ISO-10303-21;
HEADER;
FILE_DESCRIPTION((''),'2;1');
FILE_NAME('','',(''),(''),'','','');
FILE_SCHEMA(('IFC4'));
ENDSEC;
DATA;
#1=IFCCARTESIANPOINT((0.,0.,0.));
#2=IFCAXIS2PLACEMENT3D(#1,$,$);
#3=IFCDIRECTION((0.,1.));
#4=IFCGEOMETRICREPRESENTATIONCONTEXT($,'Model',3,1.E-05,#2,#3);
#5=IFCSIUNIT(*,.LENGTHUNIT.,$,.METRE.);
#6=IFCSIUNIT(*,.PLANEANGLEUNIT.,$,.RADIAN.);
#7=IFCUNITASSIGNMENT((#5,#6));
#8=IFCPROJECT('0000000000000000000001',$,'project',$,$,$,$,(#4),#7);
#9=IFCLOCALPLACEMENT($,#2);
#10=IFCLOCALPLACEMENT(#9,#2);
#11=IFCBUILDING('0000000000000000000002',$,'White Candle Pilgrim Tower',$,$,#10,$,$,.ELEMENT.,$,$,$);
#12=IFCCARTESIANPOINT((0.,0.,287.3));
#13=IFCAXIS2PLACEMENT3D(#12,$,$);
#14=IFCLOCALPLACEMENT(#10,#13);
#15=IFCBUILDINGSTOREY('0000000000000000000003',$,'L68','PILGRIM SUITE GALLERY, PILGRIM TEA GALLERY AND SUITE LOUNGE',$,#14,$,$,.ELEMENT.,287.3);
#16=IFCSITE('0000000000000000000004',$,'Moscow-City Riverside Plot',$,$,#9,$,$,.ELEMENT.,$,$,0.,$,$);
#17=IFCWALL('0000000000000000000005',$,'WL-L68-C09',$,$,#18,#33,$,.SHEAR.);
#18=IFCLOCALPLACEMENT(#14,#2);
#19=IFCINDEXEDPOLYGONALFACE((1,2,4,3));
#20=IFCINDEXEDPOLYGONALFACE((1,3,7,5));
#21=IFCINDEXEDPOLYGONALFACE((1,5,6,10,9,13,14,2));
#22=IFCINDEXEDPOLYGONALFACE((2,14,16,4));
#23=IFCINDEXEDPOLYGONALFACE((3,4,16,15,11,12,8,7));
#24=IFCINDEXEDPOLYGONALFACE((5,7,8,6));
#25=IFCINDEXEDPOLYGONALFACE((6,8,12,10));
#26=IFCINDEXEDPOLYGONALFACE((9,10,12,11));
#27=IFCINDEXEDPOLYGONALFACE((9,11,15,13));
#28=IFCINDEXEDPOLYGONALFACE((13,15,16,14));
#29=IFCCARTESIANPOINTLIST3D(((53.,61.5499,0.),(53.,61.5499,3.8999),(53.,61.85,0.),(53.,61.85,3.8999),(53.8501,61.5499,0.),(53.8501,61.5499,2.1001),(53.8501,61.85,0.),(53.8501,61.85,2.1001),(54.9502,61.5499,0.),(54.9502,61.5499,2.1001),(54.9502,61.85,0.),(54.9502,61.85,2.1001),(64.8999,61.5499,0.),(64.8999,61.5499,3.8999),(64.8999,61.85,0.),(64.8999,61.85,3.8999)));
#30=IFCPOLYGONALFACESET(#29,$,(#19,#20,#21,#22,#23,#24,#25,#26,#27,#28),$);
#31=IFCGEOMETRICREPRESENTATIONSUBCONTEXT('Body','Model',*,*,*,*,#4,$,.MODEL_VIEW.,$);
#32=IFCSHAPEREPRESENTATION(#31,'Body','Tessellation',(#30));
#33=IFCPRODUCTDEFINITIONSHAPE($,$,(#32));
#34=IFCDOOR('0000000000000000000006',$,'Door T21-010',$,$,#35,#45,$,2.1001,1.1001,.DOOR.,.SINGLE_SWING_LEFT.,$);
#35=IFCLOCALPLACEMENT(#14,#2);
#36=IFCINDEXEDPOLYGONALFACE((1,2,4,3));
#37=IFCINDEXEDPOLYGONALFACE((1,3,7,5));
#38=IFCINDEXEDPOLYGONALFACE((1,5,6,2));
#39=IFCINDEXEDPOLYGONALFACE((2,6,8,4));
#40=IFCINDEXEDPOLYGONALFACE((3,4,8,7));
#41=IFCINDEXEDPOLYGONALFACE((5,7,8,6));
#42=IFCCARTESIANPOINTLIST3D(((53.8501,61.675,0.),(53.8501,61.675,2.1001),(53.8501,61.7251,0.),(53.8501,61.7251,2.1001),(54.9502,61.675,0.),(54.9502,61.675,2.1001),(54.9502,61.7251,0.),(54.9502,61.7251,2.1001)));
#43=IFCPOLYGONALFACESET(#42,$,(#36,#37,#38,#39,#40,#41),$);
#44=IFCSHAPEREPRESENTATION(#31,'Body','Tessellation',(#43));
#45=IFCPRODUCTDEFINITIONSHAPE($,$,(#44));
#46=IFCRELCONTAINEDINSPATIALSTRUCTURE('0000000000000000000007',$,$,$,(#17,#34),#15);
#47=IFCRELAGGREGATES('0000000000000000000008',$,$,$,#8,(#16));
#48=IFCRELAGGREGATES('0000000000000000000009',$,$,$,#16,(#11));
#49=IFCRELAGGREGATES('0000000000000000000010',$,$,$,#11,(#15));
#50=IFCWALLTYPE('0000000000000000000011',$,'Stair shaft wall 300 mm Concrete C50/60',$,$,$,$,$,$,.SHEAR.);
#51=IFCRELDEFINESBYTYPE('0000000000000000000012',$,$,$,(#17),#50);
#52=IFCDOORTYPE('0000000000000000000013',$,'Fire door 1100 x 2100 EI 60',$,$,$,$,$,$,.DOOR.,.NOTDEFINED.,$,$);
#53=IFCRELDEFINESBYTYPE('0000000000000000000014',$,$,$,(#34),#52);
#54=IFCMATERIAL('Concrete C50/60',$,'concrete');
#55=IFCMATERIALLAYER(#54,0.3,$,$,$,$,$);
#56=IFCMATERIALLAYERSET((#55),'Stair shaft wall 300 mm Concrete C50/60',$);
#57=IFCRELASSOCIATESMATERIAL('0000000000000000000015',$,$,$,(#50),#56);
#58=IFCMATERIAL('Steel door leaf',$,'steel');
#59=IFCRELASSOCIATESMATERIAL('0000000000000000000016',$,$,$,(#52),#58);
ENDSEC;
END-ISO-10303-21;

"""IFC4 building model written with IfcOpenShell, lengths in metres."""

from ifc_helpers import new_model, si_unit, direction, frame, frame_2d, origin, place, context, subcontext, project, spatial, rectangle, extrude, material, layer, layer_set, type_object, element, fill, save


model = new_model("IFC4")

# Units and contexts
model_context = context("Model", 3, precision=1e-05, world=origin(), true_north=direction((0.0, 1.0)))
body_context = subcontext(model_context, "Body", "Model", "MODEL_VIEW")
ifc_project = project(units=[si_unit("LENGTHUNIT", "METRE"), si_unit("PLANEANGLEUNIT", "RADIAN")], contexts=[model_context])

# Site, building, storey
site_placement = place(None, origin())
site = spatial("IfcSite", under=ifc_project, at=site_placement, Name="Moscow-City Riverside Plot", CompositionType="ELEMENT", RefElevation=0.0)
building_placement = place(site_placement, origin())
building = spatial("IfcBuilding", under=site, at=building_placement, Name="White Candle Pilgrim Tower", CompositionType="ELEMENT")
storey_placement = place(building_placement, frame((0.0, 0.0, 287.3)))
storey = spatial("IfcBuildingStorey", under=building, at=storey_placement, Name="L68", Description="PILGRIM SUITE GALLERY, PILGRIM TEA GALLERY AND SUITE LOUNGE", CompositionType="ELEMENT", Elevation=287.3)

# Shared definitions
ifc_material_1 = material(Name="Concrete C50/60", Category="concrete")

# Shared definitions
ifc_material_2 = material(Name="Steel door leaf", Category="steel")

# Shared definitions
ifc_layer_1 = layer(ifc_material_1, 0.3)
ifc_layer_set_1 = layer_set([ifc_layer_1], Name="Stair shaft wall 300 mm Concrete C50/60")
wall_type_1 = type_object("IfcWallType", Name="Stair shaft wall 300 mm Concrete C50/60", PredefinedType="SHEAR", material=ifc_layer_set_1)

# Wall, opening, door
wall_1_placement = place(storey_placement, frame((53.0, 61.7, 0.0), z_axis=(0.0, 0.0, 1.0), x_axis=(1.0, 0.0, 0.0)))
wall_1 = element("IfcWall", 1, at=wall_1_placement, inside=storey, type_object=wall_type_1, Name="WL-L68-C09", PredefinedType="SHEAR", context=body_context, shape_type="SweptSolid", body=[
    extrude(rectangle(XDim=11.8999, YDim=0.3, at=frame_2d((5.95, 0.0))), origin(), (0.0, 0.0, 1.0), 3.8999),
])
opening_1_placement = place(wall_1_placement, frame((0.8501, 0.0, 0.0)))
opening_1 = element("IfcOpeningElement", 2, at=opening_1_placement, cuts=wall_1, PredefinedType="OPENING", context=body_context, shape_type="SweptSolid", body=[
    extrude(rectangle(XDim=1.1001, YDim=2.1001, at=frame_2d((0.55, 1.05))), frame((0.0, 0.1599, 0.0), z_axis=(0.0, -1.0, 0.0), x_axis=(1.0, 0.0, 0.0)), (0.0, 0.0, 1.0), 0.3201),
])
door_type_1 = type_object("IfcDoorType", Name="Fire door 1100 x 2100 EI 60", OperationType="NOTDEFINED", PredefinedType="DOOR", material=ifc_material_2)
door_1_placement = place(opening_1_placement, frame((1.1001, 0.0, 0.0), z_axis=(0.0, 0.0, 1.0), x_axis=(-1.0, 0.0, 0.0)))
door_1 = element("IfcDoor", 3, at=door_1_placement, inside=storey, type_object=door_type_1, Name="Door T21-010", OperationType="SINGLE_SWING_LEFT", OverallHeight=2.1001, OverallWidth=1.1001, PredefinedType="DOOR", context=body_context, shape_type="SweptSolid", body=[
    extrude(rectangle(XDim=1.1001, YDim=2.1001, at=frame_2d((0.55, 1.05))), frame((0.0, 0.0249, 0.0), z_axis=(0.0, -1.0, 0.0), x_axis=(1.0, 0.0, 0.0)), (0.0, 0.0, 1.0), 0.05),
])
fill(opening_1, door_1)

save(model, "model.ifc")
